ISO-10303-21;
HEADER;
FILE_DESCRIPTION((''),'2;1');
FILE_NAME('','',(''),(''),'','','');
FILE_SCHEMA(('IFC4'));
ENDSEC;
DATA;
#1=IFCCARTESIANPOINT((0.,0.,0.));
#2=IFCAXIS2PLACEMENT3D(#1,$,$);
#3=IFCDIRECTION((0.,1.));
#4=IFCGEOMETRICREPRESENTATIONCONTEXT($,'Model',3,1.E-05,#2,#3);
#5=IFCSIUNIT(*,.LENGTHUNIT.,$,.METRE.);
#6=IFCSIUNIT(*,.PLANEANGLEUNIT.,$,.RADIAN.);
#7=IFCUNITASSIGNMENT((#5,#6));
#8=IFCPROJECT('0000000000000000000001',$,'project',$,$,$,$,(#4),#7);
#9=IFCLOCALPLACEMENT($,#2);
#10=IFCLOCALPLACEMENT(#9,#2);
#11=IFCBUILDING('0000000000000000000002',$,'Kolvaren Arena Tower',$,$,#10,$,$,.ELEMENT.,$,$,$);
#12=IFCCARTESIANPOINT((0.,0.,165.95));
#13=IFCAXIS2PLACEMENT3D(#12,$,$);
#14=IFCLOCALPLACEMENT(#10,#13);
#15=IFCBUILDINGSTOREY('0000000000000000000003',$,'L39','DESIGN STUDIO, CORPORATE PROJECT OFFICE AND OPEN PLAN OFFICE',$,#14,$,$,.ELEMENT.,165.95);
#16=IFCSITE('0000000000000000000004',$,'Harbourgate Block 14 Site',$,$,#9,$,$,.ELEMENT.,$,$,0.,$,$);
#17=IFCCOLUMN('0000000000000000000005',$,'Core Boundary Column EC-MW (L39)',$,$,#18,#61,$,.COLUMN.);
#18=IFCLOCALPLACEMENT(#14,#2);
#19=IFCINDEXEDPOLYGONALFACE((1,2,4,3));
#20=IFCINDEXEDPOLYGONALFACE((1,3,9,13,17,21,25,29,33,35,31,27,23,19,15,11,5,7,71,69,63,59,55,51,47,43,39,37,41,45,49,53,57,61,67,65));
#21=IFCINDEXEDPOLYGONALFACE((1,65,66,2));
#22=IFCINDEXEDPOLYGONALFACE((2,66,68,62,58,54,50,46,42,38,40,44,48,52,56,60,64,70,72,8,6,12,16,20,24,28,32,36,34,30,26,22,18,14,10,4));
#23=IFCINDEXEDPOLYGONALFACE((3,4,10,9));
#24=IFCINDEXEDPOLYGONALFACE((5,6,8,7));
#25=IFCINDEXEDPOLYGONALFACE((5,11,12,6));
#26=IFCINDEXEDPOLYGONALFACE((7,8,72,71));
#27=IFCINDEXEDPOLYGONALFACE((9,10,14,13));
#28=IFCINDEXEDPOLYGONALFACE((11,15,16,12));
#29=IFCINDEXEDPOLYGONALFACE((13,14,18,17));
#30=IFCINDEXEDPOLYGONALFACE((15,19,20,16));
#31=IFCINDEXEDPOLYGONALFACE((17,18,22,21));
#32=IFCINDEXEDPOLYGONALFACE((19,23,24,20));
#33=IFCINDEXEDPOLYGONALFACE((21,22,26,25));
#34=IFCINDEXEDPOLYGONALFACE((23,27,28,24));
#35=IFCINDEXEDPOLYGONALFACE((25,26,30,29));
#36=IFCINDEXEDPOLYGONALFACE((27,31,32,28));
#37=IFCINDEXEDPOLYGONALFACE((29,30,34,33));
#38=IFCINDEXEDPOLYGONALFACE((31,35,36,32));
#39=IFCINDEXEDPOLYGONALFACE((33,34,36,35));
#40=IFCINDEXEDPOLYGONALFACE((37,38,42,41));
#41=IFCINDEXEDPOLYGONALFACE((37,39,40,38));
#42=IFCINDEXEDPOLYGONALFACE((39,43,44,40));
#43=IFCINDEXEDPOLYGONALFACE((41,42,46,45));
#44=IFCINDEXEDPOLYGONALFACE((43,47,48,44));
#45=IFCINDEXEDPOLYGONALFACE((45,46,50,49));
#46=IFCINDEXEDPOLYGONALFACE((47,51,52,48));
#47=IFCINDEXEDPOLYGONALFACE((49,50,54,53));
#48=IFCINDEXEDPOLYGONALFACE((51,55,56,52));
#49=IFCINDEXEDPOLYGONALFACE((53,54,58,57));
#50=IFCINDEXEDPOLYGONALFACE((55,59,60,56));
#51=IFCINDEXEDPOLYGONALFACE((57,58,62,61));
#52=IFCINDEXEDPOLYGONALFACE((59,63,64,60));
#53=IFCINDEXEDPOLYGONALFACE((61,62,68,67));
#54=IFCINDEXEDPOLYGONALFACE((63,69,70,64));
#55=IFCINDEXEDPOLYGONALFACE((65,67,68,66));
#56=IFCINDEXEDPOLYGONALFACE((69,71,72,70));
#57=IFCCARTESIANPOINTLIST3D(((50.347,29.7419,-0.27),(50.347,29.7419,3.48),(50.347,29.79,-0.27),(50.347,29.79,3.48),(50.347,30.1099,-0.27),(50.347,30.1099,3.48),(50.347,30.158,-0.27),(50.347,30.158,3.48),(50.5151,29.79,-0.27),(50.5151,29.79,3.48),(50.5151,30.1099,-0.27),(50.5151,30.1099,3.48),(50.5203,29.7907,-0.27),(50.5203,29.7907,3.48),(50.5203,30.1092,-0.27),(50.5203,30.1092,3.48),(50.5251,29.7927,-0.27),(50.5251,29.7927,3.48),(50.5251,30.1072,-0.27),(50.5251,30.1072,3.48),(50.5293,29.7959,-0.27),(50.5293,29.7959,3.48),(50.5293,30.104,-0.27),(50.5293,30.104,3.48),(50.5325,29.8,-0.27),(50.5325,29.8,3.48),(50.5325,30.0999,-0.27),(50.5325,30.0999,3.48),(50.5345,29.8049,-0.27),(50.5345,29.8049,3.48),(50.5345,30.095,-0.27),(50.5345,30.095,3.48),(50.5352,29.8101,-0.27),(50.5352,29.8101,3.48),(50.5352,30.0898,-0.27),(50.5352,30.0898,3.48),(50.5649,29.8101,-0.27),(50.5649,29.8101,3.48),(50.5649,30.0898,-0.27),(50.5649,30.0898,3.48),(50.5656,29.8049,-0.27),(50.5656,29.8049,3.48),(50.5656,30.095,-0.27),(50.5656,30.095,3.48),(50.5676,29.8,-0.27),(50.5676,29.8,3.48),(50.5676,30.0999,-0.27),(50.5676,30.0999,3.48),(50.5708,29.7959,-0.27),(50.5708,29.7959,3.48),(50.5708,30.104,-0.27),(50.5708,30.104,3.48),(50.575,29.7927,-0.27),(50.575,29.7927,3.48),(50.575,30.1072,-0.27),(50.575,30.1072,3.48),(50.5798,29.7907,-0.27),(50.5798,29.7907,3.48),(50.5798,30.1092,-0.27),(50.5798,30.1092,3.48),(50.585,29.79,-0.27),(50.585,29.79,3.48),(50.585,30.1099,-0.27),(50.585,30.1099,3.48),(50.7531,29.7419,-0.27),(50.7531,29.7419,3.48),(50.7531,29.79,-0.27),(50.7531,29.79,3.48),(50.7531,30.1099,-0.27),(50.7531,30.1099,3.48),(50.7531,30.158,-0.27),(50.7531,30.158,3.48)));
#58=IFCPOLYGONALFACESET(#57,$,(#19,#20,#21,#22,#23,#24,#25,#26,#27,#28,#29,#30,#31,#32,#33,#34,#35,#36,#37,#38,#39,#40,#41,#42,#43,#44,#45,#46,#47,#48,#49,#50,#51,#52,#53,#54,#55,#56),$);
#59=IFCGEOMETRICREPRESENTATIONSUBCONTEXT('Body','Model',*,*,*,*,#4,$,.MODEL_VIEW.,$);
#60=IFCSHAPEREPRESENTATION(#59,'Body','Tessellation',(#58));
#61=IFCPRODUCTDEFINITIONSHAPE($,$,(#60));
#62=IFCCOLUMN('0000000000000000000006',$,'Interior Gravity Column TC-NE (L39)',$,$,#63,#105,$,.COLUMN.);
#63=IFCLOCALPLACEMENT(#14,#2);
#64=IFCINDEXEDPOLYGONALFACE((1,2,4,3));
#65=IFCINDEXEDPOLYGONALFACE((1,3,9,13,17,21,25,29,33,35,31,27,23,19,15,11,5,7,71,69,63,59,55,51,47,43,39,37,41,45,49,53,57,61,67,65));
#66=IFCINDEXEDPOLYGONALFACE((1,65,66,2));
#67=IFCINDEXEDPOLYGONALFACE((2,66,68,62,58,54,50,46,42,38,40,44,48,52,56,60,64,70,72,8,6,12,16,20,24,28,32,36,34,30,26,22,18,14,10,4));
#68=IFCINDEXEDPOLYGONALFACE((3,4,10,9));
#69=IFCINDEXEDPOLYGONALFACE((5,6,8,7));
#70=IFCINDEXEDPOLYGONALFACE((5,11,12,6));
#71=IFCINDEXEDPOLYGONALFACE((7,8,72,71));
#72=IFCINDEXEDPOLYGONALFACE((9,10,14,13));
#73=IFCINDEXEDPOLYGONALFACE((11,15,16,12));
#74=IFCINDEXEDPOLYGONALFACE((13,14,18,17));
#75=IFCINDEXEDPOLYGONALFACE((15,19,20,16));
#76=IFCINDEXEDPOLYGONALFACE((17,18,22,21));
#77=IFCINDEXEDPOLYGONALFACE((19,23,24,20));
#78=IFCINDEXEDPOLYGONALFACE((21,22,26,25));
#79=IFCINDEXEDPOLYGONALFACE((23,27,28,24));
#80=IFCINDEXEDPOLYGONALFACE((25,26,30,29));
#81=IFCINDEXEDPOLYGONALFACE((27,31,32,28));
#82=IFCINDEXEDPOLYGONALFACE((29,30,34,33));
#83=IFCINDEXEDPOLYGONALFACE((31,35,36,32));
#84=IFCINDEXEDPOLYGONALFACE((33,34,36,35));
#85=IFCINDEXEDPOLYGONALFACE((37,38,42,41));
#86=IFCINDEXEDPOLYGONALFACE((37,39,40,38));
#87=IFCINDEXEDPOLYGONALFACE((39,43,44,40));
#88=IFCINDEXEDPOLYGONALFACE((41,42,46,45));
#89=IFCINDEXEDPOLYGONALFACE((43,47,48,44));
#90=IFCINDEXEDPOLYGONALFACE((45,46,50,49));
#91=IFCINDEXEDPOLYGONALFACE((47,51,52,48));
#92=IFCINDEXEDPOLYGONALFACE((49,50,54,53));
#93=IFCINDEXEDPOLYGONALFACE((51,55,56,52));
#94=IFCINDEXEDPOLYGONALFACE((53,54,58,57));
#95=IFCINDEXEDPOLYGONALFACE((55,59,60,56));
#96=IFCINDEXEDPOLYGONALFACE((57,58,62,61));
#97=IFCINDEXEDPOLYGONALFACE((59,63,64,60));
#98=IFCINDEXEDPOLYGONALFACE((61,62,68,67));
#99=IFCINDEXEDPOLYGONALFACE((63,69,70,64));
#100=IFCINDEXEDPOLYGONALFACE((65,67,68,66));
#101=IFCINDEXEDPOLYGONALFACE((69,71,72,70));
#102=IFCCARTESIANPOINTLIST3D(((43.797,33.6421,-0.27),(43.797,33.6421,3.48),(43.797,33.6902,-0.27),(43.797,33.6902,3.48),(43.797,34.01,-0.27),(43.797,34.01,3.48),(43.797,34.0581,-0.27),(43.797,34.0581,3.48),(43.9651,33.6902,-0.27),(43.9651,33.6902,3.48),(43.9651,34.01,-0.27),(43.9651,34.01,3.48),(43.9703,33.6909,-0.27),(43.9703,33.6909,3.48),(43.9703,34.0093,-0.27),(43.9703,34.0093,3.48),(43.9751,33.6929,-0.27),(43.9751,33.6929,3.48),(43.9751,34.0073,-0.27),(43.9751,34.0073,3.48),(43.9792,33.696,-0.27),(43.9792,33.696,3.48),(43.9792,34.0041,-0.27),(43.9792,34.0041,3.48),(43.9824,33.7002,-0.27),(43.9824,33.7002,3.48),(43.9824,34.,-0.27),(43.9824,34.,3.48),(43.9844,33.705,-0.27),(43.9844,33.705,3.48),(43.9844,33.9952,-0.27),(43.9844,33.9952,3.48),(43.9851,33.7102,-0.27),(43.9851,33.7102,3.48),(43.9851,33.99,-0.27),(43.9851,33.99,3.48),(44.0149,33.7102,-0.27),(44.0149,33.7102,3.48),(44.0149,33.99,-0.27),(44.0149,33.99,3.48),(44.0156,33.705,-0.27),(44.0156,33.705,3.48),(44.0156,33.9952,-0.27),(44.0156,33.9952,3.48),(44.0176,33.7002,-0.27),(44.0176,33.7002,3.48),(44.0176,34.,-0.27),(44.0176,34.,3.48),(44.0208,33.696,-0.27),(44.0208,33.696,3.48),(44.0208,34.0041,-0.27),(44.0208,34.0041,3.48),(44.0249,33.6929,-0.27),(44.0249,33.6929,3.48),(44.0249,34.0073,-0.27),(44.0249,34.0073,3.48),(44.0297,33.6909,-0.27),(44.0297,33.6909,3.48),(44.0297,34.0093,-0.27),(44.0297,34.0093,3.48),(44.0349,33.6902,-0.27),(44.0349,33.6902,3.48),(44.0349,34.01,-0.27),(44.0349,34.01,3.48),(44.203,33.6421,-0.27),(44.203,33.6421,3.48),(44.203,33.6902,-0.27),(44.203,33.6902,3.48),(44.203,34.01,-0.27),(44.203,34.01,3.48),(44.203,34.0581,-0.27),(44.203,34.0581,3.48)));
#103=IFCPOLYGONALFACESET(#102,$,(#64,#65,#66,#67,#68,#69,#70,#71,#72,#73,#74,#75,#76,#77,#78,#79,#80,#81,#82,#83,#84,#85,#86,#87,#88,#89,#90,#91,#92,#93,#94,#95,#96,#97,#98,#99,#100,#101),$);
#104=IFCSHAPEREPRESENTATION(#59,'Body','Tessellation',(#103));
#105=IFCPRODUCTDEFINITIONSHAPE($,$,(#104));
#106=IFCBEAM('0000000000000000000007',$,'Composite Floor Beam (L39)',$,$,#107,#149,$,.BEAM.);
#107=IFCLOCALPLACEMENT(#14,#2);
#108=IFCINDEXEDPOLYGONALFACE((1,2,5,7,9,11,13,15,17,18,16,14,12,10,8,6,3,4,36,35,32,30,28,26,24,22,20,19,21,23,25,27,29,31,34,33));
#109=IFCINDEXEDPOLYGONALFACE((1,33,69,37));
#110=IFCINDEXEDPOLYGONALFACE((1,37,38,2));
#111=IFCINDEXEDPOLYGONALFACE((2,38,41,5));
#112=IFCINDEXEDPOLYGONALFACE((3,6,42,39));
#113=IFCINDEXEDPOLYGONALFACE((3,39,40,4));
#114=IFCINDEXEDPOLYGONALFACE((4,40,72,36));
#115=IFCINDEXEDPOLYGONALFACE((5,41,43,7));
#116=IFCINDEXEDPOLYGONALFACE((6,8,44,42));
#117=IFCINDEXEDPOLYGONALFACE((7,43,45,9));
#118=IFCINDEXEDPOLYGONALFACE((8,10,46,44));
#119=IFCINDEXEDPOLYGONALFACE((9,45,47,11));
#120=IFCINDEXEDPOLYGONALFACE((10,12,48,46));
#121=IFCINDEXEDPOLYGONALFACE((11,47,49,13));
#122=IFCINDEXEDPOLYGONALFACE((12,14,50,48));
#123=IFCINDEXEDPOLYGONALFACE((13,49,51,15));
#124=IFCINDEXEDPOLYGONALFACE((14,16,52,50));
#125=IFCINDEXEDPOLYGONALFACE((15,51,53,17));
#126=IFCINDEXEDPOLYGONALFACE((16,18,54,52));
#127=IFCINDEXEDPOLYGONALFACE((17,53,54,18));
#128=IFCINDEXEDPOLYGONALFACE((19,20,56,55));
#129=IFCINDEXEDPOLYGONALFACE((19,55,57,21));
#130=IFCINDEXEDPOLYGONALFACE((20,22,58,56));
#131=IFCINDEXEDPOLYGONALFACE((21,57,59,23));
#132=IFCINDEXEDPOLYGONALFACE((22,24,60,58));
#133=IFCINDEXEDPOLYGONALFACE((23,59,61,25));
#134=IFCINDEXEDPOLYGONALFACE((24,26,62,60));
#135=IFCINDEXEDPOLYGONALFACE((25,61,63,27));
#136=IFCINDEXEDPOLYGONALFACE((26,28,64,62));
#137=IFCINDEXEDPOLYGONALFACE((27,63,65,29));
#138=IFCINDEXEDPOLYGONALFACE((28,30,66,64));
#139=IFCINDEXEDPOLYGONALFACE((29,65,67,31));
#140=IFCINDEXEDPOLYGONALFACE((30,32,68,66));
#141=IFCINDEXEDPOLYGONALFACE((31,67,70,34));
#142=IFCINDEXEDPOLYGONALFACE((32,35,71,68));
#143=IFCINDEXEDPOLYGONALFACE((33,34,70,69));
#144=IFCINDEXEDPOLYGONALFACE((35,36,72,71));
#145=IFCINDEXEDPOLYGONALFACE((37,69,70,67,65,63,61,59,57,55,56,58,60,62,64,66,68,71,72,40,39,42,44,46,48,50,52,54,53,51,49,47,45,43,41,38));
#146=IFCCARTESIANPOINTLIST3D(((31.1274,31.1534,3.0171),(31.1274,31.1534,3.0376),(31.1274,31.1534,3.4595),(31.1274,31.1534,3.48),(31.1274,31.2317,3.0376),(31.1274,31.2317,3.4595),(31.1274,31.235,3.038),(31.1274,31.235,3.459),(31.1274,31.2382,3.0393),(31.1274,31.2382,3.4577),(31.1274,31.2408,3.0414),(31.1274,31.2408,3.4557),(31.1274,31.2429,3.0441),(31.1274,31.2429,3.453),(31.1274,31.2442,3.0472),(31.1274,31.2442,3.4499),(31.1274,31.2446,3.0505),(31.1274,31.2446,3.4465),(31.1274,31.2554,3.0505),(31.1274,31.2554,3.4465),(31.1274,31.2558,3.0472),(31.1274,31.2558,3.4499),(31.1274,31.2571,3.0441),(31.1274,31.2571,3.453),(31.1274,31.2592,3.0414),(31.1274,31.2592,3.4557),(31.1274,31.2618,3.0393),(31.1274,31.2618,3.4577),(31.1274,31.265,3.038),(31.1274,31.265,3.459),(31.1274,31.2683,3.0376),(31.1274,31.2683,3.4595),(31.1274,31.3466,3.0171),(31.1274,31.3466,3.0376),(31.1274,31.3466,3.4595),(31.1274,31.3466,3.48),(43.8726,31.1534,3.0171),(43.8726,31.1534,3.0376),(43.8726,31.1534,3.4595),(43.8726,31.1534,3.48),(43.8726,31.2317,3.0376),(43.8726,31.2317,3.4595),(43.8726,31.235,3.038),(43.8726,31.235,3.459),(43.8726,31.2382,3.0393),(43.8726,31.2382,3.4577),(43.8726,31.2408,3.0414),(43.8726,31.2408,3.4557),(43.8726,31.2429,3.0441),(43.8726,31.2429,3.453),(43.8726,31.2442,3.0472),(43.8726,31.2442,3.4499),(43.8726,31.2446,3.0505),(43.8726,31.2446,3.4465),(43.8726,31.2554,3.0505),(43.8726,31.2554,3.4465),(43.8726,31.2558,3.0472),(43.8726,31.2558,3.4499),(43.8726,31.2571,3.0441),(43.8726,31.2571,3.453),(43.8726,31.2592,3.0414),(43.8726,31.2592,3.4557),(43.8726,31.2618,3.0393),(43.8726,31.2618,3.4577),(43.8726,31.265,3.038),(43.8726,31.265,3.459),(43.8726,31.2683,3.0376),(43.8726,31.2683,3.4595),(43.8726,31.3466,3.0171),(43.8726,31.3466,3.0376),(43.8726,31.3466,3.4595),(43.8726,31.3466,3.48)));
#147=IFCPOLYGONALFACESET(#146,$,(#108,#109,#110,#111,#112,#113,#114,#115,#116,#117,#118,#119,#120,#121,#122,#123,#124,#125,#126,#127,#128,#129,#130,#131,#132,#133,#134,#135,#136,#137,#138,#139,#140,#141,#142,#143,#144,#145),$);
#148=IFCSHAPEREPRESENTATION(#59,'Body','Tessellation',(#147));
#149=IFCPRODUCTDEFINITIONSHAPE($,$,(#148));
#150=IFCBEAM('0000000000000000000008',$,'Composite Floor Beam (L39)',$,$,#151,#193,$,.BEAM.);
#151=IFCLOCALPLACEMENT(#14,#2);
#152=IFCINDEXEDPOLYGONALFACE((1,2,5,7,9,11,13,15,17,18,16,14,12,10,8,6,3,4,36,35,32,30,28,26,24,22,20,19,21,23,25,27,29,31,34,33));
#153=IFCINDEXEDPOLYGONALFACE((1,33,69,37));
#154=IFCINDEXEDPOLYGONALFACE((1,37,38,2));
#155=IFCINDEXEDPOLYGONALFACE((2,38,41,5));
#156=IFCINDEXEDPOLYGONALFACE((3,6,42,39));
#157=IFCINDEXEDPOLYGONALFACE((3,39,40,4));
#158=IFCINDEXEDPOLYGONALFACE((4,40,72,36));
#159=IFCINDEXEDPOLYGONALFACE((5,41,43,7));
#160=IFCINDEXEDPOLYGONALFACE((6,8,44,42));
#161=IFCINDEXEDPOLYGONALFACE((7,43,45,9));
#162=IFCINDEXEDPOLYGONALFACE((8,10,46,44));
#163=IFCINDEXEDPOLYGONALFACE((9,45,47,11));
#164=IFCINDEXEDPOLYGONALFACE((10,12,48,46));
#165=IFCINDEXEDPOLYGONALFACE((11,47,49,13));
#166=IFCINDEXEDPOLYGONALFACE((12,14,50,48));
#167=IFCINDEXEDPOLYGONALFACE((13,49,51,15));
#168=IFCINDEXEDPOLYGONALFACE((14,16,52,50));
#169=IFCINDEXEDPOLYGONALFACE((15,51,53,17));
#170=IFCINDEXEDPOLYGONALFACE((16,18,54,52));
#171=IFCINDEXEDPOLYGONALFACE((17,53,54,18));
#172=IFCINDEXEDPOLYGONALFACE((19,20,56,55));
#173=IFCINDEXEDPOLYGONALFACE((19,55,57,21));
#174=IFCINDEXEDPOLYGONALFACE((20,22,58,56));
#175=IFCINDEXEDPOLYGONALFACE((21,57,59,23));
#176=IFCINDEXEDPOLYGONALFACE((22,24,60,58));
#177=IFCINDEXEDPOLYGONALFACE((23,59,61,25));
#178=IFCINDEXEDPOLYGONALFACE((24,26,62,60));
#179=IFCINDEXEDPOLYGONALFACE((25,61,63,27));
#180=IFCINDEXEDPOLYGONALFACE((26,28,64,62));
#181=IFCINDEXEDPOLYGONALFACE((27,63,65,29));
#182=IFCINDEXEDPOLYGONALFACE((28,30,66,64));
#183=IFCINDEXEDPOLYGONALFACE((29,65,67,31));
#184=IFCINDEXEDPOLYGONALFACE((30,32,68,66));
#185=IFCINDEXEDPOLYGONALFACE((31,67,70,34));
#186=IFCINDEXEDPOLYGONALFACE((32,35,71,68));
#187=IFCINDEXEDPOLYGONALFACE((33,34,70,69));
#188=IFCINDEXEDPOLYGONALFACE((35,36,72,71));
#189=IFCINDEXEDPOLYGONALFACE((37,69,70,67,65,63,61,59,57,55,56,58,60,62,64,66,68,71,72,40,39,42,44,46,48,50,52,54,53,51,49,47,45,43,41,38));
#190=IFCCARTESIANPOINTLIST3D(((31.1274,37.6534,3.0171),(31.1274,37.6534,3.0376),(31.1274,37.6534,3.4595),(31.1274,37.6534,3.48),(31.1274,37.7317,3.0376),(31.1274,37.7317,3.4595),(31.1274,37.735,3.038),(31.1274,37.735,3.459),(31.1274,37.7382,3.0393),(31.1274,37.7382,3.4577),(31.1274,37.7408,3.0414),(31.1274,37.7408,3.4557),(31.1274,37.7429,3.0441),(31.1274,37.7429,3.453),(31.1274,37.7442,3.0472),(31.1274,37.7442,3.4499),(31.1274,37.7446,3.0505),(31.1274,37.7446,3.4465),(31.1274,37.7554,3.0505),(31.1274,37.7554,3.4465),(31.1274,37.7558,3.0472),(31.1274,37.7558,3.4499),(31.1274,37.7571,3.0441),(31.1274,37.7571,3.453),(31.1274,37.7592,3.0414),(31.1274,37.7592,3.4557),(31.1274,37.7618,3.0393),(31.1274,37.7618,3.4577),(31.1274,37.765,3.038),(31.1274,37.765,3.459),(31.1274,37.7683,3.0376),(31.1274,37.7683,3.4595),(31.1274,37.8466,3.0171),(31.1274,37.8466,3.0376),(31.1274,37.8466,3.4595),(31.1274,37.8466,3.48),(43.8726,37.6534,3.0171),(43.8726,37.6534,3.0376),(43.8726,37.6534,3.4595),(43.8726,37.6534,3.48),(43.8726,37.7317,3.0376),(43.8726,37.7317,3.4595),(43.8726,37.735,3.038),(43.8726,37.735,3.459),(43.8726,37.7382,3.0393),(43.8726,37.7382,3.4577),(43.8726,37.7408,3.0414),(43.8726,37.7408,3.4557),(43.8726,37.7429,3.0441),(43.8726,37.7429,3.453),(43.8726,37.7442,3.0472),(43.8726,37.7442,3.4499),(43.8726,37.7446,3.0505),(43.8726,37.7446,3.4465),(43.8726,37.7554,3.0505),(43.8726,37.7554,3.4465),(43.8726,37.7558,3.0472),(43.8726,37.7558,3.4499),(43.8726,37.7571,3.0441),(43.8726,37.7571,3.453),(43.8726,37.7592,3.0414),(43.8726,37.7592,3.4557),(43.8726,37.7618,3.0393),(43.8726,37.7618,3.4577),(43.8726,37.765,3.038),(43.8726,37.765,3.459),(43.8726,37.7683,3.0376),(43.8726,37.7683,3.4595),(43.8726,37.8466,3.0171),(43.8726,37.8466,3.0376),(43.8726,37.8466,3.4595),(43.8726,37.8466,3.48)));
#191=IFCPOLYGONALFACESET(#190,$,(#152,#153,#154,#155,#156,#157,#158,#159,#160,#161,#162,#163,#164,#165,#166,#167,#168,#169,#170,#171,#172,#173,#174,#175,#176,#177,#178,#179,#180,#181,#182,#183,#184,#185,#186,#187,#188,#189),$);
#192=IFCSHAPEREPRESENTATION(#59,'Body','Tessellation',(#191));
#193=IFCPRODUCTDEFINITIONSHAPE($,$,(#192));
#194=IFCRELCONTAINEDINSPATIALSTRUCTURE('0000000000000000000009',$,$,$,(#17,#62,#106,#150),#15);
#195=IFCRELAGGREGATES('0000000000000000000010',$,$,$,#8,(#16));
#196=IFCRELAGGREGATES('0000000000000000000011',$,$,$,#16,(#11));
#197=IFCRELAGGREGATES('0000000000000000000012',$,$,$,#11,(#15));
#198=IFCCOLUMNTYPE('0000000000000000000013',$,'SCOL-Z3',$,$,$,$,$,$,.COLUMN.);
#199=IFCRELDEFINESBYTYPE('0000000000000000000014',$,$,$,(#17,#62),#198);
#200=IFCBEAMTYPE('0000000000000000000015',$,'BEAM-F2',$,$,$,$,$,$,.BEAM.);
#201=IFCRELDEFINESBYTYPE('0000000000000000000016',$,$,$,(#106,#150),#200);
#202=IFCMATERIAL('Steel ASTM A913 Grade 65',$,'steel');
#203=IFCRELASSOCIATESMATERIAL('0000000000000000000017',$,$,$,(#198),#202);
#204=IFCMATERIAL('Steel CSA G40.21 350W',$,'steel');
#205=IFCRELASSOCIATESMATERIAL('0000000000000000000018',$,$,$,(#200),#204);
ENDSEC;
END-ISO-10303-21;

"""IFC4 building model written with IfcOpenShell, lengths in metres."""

from ifc_helpers import new_model, si_unit, direction, frame, origin, origin_2d, place, context, subcontext, project, spatial, i_section, extrude, material, material_profile, profile_set, type_object, element, save


model = new_model("IFC4")

# Units and contexts
model_context = context("Model", 3, precision=1e-05, world=origin(), true_north=direction((0.0, 1.0)))
body_context = subcontext(model_context, "Body", "Model", "MODEL_VIEW")
ifc_project = project(units=[si_unit("LENGTHUNIT", "METRE"), si_unit("PLANEANGLEUNIT", "RADIAN")], contexts=[model_context])

# Site, building, storey
site_placement = place(None, origin())
site = spatial("IfcSite", under=ifc_project, at=site_placement, Name="Harbourgate Block 14 Site", CompositionType="ELEMENT", RefElevation=0.0)
building_placement = place(site_placement, origin())
building = spatial("IfcBuilding", under=site, at=building_placement, Name="Kolvaren Arena Tower", CompositionType="ELEMENT")
storey_placement = place(building_placement, frame((0.0, 0.0, 165.95)))
storey = spatial("IfcBuildingStorey", under=building, at=storey_placement, Name="L39", Description="DESIGN STUDIO, CORPORATE PROJECT OFFICE AND OPEN PLAN OFFICE", CompositionType="ELEMENT", Elevation=165.95)

# Columns
ifc_material_1 = material(Name="Steel ASTM A913 Grade 65", Category="steel")
ifc_material_profile_1 = material_profile(ifc_material_1, i_section(OverallWidth=0.406, OverallDepth=0.416, WebThickness=0.0298, FlangeThickness=0.0481, FilletRadius=0.02, at=origin_2d()), Name="W360x382")
ifc_profile_set_1 = profile_set([ifc_material_profile_1], Name="Steel ASTM A913 Grade 65")
column_type = type_object("IfcColumnType", Name="SCOL-Z3", PredefinedType="COLUMN", material=ifc_profile_set_1)
for number, where, z_axis, x_axis, name in (
    (1, (50.55, 29.95, -0.27), (0.0, 0.0, 1.0), (1.0, 0.0, 0.0), "Core Boundary Column EC-MW (L39)"),
    (2, (44.0, 33.8501, -0.27), (0.0, 0.0, 1.0), (1.0, 0.0, 0.0), "Interior Gravity Column TC-NE (L39)"),
):
    element("IfcColumn", number, at=place(storey_placement, frame(where, z_axis=z_axis, x_axis=x_axis)), inside=storey, type_object=column_type, Name=name, PredefinedType="COLUMN", context=body_context, shape_type="SweptSolid", body=[
        extrude(i_section(OverallWidth=0.406, OverallDepth=0.416, WebThickness=0.0298, FlangeThickness=0.0481, FilletRadius=0.02, at=origin_2d()), origin(), (0.0, 0.0, 1.0), 3.75),
    ])

# Beams
ifc_material_2 = material(Name="Steel CSA G40.21 350W", Category="steel")
ifc_material_profile_2 = material_profile(ifc_material_2, i_section(OverallWidth=0.1931, OverallDepth=0.4629, WebThickness=0.0107, FlangeThickness=0.0205, FilletRadius=0.0129, at=origin_2d()), Name="W460x113")
ifc_profile_set_2 = profile_set([ifc_material_profile_2], Name="Steel CSA G40.21 350W")
beam_type_1 = type_object("IfcBeamType", Name="BEAM-F2", PredefinedType="BEAM", material=ifc_profile_set_2)
for number, where, z_axis, x_axis, name in (
    (3, (31.1274, 31.25, 3.2485), (1.0, 0.0, 0.0), (0.0, 1.0, 0.0), "Composite Floor Beam (L39)"),
    (4, (31.1274, 37.75, 3.2485), (1.0, 0.0, 0.0), (0.0, 1.0, 0.0), "Composite Floor Beam (L39)"),
):
    element("IfcBeam", number, at=place(storey_placement, frame(where, z_axis=z_axis, x_axis=x_axis)), inside=storey, type_object=beam_type_1, Name=name, PredefinedType="BEAM", context=body_context, shape_type="SweptSolid", body=[
        extrude(i_section(OverallWidth=0.1931, OverallDepth=0.4629, WebThickness=0.0107, FlangeThickness=0.0205, FilletRadius=0.0129, at=origin_2d()), origin(), (0.0, 0.0, 1.0), 12.7451),
    ])

save(model, "model.ifc")
